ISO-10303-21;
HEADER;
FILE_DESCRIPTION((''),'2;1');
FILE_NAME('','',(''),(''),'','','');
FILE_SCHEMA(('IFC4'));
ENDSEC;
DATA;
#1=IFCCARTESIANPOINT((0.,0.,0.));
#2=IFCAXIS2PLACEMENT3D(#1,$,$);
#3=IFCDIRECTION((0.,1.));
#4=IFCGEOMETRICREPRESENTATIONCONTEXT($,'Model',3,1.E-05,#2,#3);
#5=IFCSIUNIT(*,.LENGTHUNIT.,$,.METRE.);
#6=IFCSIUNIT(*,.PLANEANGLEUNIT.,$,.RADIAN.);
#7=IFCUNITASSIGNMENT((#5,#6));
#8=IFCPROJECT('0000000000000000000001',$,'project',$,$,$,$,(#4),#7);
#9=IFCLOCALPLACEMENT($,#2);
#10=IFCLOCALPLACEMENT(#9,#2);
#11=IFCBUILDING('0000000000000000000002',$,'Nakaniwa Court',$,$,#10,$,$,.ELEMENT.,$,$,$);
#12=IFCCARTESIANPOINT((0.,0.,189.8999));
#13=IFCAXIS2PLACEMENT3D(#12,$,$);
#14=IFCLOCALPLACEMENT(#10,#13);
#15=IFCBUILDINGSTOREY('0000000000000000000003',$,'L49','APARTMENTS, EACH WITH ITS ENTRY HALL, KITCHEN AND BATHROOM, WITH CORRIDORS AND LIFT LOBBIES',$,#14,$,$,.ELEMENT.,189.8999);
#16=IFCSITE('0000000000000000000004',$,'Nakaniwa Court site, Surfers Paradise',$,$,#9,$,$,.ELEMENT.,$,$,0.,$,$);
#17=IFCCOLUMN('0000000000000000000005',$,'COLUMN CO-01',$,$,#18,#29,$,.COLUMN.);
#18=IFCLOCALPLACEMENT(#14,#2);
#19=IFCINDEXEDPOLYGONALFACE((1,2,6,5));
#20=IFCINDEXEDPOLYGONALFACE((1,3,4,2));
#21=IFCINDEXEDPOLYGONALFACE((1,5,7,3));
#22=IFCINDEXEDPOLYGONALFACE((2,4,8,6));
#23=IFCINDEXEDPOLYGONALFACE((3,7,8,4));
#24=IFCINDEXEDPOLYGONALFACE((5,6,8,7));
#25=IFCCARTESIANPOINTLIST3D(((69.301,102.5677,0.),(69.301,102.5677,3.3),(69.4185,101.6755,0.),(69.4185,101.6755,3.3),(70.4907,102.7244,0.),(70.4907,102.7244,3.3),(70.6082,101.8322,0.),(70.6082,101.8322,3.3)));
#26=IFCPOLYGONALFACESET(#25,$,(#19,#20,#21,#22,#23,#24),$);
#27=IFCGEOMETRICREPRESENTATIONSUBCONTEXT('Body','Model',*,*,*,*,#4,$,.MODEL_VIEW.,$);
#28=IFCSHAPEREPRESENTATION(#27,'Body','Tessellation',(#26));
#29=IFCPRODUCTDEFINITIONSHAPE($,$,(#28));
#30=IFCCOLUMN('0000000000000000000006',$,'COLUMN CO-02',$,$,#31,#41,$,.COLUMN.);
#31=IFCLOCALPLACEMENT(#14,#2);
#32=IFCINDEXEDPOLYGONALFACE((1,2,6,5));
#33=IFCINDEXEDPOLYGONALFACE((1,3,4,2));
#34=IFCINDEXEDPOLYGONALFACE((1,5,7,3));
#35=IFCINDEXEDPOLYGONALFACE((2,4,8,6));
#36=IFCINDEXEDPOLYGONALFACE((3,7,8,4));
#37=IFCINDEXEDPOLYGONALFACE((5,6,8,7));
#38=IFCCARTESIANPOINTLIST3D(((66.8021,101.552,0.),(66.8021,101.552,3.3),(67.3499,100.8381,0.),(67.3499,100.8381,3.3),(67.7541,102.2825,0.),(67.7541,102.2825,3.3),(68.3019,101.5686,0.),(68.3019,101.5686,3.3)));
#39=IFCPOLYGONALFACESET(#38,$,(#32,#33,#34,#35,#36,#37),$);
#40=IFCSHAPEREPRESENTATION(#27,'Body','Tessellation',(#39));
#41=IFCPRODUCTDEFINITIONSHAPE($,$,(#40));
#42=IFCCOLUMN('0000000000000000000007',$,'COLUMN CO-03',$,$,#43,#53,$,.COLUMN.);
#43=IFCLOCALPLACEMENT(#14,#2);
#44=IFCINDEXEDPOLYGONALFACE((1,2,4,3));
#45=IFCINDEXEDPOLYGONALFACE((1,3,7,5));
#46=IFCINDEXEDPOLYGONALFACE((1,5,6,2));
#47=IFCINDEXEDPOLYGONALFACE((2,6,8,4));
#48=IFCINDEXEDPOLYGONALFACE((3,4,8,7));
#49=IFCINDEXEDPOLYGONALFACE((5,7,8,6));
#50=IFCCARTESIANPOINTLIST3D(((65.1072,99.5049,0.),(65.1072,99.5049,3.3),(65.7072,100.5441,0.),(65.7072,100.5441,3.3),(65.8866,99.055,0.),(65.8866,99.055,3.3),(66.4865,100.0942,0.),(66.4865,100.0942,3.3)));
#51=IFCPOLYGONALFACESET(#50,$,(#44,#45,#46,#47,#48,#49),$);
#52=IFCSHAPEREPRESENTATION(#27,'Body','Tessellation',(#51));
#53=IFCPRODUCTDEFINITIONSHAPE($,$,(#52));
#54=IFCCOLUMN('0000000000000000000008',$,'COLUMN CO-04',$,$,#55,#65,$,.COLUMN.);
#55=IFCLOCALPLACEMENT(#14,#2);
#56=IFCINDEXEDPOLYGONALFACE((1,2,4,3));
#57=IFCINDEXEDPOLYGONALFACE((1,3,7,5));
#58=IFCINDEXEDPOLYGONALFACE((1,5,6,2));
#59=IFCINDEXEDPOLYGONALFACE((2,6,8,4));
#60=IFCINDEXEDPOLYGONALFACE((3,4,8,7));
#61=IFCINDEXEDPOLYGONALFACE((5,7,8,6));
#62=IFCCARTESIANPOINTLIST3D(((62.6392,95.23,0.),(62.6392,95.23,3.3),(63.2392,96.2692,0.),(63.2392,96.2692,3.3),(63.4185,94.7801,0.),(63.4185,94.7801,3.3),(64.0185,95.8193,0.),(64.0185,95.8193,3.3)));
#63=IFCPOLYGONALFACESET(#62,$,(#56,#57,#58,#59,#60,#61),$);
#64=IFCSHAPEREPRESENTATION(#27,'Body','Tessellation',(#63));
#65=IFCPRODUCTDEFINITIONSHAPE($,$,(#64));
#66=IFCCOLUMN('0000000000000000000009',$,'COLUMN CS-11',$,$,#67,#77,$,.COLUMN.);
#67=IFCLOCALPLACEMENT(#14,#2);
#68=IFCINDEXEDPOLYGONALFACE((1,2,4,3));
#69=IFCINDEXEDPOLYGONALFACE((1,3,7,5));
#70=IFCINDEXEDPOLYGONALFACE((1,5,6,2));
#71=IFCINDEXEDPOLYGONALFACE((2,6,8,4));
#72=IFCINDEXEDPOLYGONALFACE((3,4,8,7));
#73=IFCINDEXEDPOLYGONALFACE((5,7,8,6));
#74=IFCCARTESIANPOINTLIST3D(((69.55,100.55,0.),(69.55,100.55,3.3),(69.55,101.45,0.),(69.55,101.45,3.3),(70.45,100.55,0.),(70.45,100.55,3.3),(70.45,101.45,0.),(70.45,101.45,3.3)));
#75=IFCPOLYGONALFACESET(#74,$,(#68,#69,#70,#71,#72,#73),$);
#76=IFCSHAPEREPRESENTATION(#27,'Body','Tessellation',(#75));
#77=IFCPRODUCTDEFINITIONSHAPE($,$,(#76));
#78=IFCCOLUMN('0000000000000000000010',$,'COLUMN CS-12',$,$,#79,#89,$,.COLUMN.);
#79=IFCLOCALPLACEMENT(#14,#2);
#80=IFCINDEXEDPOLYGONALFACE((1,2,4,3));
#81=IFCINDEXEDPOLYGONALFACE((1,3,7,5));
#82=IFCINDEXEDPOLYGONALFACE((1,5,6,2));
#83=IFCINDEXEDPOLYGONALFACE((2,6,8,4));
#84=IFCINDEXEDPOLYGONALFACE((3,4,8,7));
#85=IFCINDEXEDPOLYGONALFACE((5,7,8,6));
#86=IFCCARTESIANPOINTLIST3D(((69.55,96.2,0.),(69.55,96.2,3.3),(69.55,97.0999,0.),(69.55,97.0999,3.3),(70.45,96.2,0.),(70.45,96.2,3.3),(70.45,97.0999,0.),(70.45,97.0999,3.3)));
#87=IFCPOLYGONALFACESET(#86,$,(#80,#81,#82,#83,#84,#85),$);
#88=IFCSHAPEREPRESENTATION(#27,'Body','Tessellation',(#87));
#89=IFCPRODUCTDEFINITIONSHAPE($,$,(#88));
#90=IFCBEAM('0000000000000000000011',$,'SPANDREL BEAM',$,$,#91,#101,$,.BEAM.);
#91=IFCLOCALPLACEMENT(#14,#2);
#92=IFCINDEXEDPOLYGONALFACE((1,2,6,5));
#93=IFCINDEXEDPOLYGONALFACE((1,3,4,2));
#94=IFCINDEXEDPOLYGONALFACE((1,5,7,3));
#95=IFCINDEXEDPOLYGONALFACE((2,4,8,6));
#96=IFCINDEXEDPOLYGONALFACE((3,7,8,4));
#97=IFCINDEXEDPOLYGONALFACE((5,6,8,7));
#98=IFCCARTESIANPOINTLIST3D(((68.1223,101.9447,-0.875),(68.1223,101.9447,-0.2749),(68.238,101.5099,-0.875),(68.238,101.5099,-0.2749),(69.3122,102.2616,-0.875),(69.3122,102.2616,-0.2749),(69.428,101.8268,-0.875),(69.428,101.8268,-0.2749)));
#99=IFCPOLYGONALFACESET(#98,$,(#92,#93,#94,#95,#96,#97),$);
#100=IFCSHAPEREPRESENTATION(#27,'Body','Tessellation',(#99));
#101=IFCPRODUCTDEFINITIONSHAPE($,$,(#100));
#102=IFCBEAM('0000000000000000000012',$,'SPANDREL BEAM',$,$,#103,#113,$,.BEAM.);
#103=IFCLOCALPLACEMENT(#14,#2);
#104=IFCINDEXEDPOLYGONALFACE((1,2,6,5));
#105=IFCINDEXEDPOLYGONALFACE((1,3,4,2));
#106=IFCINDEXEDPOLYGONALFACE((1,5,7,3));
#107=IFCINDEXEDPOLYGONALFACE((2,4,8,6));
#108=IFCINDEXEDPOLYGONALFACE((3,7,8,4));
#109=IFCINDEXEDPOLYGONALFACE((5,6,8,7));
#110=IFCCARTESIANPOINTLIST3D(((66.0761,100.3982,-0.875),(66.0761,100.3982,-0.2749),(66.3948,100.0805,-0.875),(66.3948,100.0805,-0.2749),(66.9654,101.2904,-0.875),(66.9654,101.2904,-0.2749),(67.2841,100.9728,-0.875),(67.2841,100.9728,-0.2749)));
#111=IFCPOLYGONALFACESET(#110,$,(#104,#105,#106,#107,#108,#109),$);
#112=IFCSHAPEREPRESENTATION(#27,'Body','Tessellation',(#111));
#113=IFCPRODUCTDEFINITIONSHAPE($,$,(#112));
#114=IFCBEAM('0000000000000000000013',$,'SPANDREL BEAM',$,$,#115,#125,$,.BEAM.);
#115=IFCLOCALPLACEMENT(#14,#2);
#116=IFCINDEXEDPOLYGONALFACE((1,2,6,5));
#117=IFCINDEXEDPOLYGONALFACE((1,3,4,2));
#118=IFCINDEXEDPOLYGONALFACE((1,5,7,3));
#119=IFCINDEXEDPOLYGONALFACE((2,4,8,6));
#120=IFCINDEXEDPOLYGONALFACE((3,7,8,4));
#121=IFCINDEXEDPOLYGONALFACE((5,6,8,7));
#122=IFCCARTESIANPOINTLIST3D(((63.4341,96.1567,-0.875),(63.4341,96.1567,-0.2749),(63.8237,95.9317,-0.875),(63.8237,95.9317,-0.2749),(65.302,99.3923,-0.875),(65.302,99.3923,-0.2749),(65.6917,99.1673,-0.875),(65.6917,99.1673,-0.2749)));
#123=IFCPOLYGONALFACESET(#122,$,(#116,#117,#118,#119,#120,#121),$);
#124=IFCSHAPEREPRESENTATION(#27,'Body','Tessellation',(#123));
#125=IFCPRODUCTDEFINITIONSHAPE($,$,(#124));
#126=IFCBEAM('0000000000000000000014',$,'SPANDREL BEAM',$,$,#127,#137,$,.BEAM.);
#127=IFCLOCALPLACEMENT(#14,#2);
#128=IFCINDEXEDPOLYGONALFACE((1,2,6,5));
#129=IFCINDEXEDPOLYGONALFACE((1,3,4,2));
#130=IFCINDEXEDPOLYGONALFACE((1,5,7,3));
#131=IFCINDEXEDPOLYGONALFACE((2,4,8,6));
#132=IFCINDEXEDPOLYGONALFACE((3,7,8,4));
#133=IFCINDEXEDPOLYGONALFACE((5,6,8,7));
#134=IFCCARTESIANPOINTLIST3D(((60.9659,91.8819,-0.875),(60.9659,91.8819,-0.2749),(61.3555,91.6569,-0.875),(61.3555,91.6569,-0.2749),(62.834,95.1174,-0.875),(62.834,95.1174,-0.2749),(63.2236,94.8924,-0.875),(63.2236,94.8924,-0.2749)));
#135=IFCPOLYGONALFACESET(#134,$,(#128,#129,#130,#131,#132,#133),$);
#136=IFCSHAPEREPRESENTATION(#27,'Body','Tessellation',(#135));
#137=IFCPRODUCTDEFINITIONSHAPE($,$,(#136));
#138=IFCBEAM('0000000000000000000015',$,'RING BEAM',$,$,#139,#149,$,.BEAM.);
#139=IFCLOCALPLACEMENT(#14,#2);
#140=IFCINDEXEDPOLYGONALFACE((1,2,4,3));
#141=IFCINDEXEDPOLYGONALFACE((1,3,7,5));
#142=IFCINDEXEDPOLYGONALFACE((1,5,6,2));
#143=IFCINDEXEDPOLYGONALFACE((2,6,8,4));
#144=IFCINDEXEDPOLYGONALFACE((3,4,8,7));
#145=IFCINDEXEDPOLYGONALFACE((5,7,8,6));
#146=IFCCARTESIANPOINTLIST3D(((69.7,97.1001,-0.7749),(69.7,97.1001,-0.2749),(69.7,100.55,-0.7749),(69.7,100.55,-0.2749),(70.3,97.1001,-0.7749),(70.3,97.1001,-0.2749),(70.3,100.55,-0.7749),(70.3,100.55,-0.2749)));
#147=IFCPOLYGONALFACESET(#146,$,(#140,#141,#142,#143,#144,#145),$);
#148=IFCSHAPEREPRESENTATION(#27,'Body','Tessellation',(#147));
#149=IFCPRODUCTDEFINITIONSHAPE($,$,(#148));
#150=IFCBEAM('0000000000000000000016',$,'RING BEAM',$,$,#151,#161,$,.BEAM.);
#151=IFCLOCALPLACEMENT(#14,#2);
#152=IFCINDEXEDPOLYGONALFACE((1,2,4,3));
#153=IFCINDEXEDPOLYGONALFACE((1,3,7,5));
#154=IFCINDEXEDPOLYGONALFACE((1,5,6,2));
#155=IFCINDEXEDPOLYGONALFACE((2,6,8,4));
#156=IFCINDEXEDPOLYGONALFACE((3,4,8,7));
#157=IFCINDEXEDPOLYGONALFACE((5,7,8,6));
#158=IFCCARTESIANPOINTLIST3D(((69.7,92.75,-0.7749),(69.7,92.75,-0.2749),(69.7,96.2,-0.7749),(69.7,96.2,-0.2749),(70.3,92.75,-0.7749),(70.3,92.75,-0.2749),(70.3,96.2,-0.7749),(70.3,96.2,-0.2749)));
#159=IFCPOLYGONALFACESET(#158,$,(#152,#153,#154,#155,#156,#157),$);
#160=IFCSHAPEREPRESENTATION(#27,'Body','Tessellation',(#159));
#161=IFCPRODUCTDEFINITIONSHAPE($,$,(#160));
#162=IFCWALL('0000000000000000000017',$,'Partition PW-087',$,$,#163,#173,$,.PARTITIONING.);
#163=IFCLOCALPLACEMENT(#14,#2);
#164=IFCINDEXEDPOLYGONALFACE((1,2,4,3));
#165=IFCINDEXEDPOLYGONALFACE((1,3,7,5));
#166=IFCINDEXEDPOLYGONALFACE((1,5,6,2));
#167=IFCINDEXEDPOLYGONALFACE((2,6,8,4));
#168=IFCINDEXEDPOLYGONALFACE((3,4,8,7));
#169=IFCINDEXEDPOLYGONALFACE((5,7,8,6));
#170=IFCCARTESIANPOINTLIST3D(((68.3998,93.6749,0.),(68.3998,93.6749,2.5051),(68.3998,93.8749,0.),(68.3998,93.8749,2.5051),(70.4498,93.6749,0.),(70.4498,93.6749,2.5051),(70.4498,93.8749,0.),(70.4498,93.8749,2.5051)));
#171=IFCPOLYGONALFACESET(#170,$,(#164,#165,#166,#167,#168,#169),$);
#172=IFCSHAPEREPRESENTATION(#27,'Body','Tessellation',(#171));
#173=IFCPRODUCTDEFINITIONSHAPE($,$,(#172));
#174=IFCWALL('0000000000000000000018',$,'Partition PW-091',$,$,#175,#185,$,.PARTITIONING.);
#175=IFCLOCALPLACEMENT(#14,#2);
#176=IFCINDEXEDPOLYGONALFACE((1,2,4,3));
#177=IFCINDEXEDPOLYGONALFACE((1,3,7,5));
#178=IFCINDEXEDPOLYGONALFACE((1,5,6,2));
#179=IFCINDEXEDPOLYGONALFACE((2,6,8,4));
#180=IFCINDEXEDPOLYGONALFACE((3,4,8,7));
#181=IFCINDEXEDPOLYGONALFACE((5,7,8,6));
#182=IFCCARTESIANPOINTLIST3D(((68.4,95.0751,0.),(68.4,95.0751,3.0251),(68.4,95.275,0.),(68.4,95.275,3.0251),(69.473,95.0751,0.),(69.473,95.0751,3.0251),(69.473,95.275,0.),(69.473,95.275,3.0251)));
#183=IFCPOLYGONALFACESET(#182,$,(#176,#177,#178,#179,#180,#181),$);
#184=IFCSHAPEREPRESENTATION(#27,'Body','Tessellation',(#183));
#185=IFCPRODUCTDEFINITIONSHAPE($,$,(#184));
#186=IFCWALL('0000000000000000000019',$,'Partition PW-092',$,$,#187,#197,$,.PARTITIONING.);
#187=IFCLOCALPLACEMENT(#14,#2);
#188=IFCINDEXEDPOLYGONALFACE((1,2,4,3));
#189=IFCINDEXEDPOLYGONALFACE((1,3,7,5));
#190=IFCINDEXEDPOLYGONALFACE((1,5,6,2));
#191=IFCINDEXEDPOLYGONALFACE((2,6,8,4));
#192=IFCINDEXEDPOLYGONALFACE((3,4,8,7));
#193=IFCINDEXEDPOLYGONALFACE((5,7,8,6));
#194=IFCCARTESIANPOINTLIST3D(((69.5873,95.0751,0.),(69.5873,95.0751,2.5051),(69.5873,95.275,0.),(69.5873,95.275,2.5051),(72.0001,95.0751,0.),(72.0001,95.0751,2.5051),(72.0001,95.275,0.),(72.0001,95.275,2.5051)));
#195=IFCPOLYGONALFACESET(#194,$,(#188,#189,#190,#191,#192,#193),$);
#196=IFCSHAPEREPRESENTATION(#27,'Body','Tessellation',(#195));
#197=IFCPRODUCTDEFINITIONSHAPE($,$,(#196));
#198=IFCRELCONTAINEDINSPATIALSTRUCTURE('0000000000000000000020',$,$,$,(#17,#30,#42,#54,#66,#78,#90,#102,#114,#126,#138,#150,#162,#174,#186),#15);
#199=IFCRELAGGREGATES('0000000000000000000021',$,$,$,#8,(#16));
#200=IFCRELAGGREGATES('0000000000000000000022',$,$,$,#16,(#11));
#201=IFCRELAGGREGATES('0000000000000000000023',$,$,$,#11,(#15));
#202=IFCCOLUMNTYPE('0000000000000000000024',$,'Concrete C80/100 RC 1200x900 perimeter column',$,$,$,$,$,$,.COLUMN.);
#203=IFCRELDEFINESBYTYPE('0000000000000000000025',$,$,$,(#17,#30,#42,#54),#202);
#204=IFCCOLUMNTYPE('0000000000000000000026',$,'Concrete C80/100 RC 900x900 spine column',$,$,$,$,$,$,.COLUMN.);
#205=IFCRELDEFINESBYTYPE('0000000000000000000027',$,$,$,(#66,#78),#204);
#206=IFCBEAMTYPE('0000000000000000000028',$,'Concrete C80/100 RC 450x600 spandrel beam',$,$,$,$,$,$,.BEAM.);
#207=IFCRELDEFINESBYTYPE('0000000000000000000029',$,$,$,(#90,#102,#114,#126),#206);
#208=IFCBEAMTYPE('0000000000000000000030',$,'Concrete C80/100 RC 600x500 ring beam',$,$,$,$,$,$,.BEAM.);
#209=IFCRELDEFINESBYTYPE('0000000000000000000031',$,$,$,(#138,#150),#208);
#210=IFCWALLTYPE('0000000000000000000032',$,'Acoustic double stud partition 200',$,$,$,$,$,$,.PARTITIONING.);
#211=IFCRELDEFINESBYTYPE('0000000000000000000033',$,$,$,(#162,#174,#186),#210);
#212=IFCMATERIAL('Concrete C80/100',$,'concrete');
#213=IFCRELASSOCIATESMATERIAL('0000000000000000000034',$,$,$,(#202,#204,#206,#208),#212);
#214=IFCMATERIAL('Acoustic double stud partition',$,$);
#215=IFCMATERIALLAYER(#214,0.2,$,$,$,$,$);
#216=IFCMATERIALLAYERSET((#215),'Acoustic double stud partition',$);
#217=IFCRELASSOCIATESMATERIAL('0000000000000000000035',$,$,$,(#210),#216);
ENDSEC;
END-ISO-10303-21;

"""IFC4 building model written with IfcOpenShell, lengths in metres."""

from ifc_helpers import new_model, si_unit, direction, frame, frame_2d, origin, origin_2d, place, context, subcontext, project, spatial, rectangle, extrude, material, layer, layer_set, material_profile, profile_set, type_object, element, save


model = new_model("IFC4")

# Units and contexts
model_context = context("Model", 3, precision=1e-05, world=origin(), true_north=direction((0.0, 1.0)))
body_context = subcontext(model_context, "Body", "Model", "MODEL_VIEW")
ifc_project = project(units=[si_unit("LENGTHUNIT", "METRE"), si_unit("PLANEANGLEUNIT", "RADIAN")], contexts=[model_context])

# Site, building, storey
site_placement = place(None, origin())
site = spatial("IfcSite", under=ifc_project, at=site_placement, Name="Nakaniwa Court site, Surfers Paradise", CompositionType="ELEMENT", RefElevation=0.0)
building_placement = place(site_placement, origin())
building = spatial("IfcBuilding", under=site, at=building_placement, Name="Nakaniwa Court", CompositionType="ELEMENT")
storey_placement = place(building_placement, frame((0.0, 0.0, 189.8999)))
storey = spatial("IfcBuildingStorey", under=building, at=storey_placement, Name="L49", Description="APARTMENTS, EACH WITH ITS ENTRY HALL, KITCHEN AND BATHROOM, WITH CORRIDORS AND LIFT LOBBIES", CompositionType="ELEMENT", Elevation=189.8999)

# Columns
ifc_material_1 = material(Name="Concrete C80/100", Category="concrete")
ifc_material_profile_1 = material_profile(ifc_material_1, rectangle(XDim=1.2, YDim=0.8999, at=origin_2d()), Name="Concrete C80/100 RC 1200x900 perimeter column")
ifc_profile_set_1 = profile_set([ifc_material_profile_1], Name="Concrete C80/100")
column_type_1 = type_object("IfcColumnType", Name="Concrete C80/100 RC 1200x900 perimeter column", PredefinedType="COLUMN", material=ifc_profile_set_1)
for number, where, z_axis, x_axis, name in (
    (1, (69.9546, 102.2, 0.0), (0.0, 0.0, 1.0), (-0.991443, -0.130543, 0.0), "COLUMN CO-01"),
    (2, (67.552, 101.5603, 0.0), (0.0, 0.0, 1.0), (-0.793364, -0.608748, 0.0), "COLUMN CO-02"),
    (3, (65.7969, 99.7996, 0.0), (0.0, 0.0, 1.0), (-0.5, -0.866025, 0.0), "COLUMN CO-03"),
    (4, (63.3289, 95.5247, 0.0), (0.0, 0.0, 1.0), (-0.5, -0.866025, 0.0), "COLUMN CO-04"),
):
    element("IfcColumn", number, at=place(storey_placement, frame(where, z_axis=z_axis, x_axis=x_axis)), inside=storey, type_object=column_type_1, Name=name, PredefinedType="COLUMN", context=body_context, shape_type="SweptSolid", body=[
        extrude(rectangle(XDim=1.2, YDim=0.8999, at=origin_2d()), origin(), (0.0, 0.0, 1.0), 3.3),
    ])
ifc_material_profile_2 = material_profile(ifc_material_1, rectangle(XDim=0.8999, YDim=0.8999, at=origin_2d()), Name="Concrete C80/100 RC 900x900 spine column")
ifc_profile_set_2 = profile_set([ifc_material_profile_2], Name="Concrete C80/100")
column_type_2 = type_object("IfcColumnType", Name="Concrete C80/100 RC 900x900 spine column", PredefinedType="COLUMN", material=ifc_profile_set_2)
for number, where, z_axis, x_axis, name in (
    (5, (70.0, 101.0, 0.0), (0.0, 0.0, 1.0), (0.0, -1.0, 0.0), "COLUMN CS-11"),
    (6, (70.0, 96.6499, 0.0), (0.0, 0.0, 1.0), (0.0, -1.0, 0.0), "COLUMN CS-12"),
):
    element("IfcColumn", number, at=place(storey_placement, frame(where, z_axis=z_axis, x_axis=x_axis)), inside=storey, type_object=column_type_2, Name=name, PredefinedType="COLUMN", context=body_context, shape_type="SweptSolid", body=[
        extrude(rectangle(XDim=0.8999, YDim=0.8999, at=origin_2d()), origin(), (0.0, 0.0, 1.0), 3.3),
    ])

# Beams
ifc_material_profile_3 = material_profile(ifc_material_1, rectangle(XDim=0.45, YDim=0.6001, at=origin_2d()), Name="Concrete C80/100 RC 450x600 spandrel beam")
ifc_profile_set_3 = profile_set([ifc_material_profile_3], Name="Concrete C80/100")
beam_type_1 = type_object("IfcBeamType", Name="Concrete C80/100 RC 450x600 spandrel beam", PredefinedType="BEAM", material=ifc_profile_set_3)
beam_1_placement = place(storey_placement, frame((69.3701, 102.0442, -0.575), z_axis=(-0.96632, -0.257342, 0.0), x_axis=(0.257342, -0.96632, 0.0)))
element("IfcBeam", 7, at=beam_1_placement, inside=storey, type_object=beam_type_1, Name="SPANDREL BEAM", PredefinedType="BEAM", context=body_context, shape_type="SweptSolid", body=[
    extrude(rectangle(XDim=0.45, YDim=0.6001, at=origin_2d()), origin(), (0.0, 0.0, 1.0), 1.2314),
])
beam_2_placement = place(storey_placement, frame((67.1248, 101.1316, -0.575), z_axis=(-0.705943, -0.708269, 0.0), x_axis=(0.708269, -0.705943, 0.0)))
element("IfcBeam", 8, at=beam_2_placement, inside=storey, type_object=beam_type_1, Name="SPANDREL BEAM", PredefinedType="BEAM", context=body_context, shape_type="SweptSolid", body=[
    extrude(rectangle(XDim=0.45, YDim=0.6001, at=origin_2d()), origin(), (0.0, 0.0, 1.0), 1.2598),
])
for number, where, z_axis, x_axis, name in (
    (9, (65.4968, 99.2798, -0.575), (-0.499969, -0.866043, 0.0), (0.866043, -0.499969, 0.0), "SPANDREL BEAM"),
    (10, (63.0288, 95.0049, -0.575), (-0.500018, -0.866015, 0.0), (0.866015, -0.500018, 0.0), "SPANDREL BEAM"),
):
    element("IfcBeam", number, at=place(storey_placement, frame(where, z_axis=z_axis, x_axis=x_axis)), inside=storey, type_object=beam_type_1, Name=name, PredefinedType="BEAM", context=body_context, shape_type="SweptSolid", body=[
        extrude(rectangle(XDim=0.45, YDim=0.6001, at=origin_2d()), origin(), (0.0, 0.0, 1.0), 3.7361),
    ])
ifc_material_profile_4 = material_profile(ifc_material_1, rectangle(XDim=0.6001, YDim=0.5, at=origin_2d()), Name="Concrete C80/100 RC 600x500 ring beam")
ifc_profile_set_4 = profile_set([ifc_material_profile_4], Name="Concrete C80/100")
beam_type_2 = type_object("IfcBeamType", Name="Concrete C80/100 RC 600x500 ring beam", PredefinedType="BEAM", material=ifc_profile_set_4)
for number, where, z_axis, x_axis, name in (
    (11, (70.0, 100.55, -0.5249), (0.0, -1.0, 0.0), (1.0, 0.0, 0.0), "RING BEAM"),
    (12, (70.0, 96.2, -0.5249), (0.0, -1.0, 0.0), (1.0, 0.0, 0.0), "RING BEAM"),
):
    element("IfcBeam", number, at=place(storey_placement, frame(where, z_axis=z_axis, x_axis=x_axis)), inside=storey, type_object=beam_type_2, Name=name, PredefinedType="BEAM", context=body_context, shape_type="SweptSolid", body=[
        extrude(rectangle(XDim=0.6001, YDim=0.5, at=origin_2d()), origin(), (0.0, 0.0, 1.0), 3.45),
    ])

# Walls
ifc_material_2 = material(Name="Acoustic double stud partition")
ifc_layer_1 = layer(ifc_material_2, 0.2)
ifc_layer_set_1 = layer_set([ifc_layer_1], Name="Acoustic double stud partition")
wall_type_1 = type_object("IfcWallType", Name="Acoustic double stud partition 200", PredefinedType="PARTITIONING", material=ifc_layer_set_1)
wall_1_placement = place(storey_placement, frame((68.3999, 93.7749, 0.0), z_axis=(0.0, 0.0, 1.0), x_axis=(1.0, 0.0, 0.0)))
element("IfcWall", 13, at=wall_1_placement, inside=storey, type_object=wall_type_1, Name="Partition PW-087", PredefinedType="PARTITIONING", context=body_context, shape_type="SweptSolid", body=[
    extrude(rectangle(XDim=2.05, YDim=0.2, at=frame_2d((1.0249, 0.0))), origin(), (0.0, 0.0, 1.0), 2.5051),
])
wall_2_placement = place(storey_placement, frame((68.3999, 95.175, 0.0), z_axis=(0.0, 0.0, 1.0), x_axis=(1.0, 0.0, 0.0)))
element("IfcWall", 14, at=wall_2_placement, inside=storey, type_object=wall_type_1, Name="Partition PW-091", PredefinedType="PARTITIONING", context=body_context, shape_type="SweptSolid", body=[
    extrude(rectangle(XDim=1.073, YDim=0.2, at=frame_2d((0.5366, 0.0))), origin(), (0.0, 0.0, 1.0), 3.0251),
])
wall_3_placement = place(storey_placement, frame((69.5872, 95.175, 0.0), z_axis=(0.0, 0.0, 1.0), x_axis=(1.0, 0.0, 0.0)))
element("IfcWall", 15, at=wall_3_placement, inside=storey, type_object=wall_type_1, Name="Partition PW-092", PredefinedType="PARTITIONING", context=body_context, shape_type="SweptSolid", body=[
    extrude(rectangle(XDim=2.4128, YDim=0.2, at=frame_2d((1.2065, 0.0))), origin(), (0.0, 0.0, 1.0), 2.5051),
])

save(model, "model.ifc")
